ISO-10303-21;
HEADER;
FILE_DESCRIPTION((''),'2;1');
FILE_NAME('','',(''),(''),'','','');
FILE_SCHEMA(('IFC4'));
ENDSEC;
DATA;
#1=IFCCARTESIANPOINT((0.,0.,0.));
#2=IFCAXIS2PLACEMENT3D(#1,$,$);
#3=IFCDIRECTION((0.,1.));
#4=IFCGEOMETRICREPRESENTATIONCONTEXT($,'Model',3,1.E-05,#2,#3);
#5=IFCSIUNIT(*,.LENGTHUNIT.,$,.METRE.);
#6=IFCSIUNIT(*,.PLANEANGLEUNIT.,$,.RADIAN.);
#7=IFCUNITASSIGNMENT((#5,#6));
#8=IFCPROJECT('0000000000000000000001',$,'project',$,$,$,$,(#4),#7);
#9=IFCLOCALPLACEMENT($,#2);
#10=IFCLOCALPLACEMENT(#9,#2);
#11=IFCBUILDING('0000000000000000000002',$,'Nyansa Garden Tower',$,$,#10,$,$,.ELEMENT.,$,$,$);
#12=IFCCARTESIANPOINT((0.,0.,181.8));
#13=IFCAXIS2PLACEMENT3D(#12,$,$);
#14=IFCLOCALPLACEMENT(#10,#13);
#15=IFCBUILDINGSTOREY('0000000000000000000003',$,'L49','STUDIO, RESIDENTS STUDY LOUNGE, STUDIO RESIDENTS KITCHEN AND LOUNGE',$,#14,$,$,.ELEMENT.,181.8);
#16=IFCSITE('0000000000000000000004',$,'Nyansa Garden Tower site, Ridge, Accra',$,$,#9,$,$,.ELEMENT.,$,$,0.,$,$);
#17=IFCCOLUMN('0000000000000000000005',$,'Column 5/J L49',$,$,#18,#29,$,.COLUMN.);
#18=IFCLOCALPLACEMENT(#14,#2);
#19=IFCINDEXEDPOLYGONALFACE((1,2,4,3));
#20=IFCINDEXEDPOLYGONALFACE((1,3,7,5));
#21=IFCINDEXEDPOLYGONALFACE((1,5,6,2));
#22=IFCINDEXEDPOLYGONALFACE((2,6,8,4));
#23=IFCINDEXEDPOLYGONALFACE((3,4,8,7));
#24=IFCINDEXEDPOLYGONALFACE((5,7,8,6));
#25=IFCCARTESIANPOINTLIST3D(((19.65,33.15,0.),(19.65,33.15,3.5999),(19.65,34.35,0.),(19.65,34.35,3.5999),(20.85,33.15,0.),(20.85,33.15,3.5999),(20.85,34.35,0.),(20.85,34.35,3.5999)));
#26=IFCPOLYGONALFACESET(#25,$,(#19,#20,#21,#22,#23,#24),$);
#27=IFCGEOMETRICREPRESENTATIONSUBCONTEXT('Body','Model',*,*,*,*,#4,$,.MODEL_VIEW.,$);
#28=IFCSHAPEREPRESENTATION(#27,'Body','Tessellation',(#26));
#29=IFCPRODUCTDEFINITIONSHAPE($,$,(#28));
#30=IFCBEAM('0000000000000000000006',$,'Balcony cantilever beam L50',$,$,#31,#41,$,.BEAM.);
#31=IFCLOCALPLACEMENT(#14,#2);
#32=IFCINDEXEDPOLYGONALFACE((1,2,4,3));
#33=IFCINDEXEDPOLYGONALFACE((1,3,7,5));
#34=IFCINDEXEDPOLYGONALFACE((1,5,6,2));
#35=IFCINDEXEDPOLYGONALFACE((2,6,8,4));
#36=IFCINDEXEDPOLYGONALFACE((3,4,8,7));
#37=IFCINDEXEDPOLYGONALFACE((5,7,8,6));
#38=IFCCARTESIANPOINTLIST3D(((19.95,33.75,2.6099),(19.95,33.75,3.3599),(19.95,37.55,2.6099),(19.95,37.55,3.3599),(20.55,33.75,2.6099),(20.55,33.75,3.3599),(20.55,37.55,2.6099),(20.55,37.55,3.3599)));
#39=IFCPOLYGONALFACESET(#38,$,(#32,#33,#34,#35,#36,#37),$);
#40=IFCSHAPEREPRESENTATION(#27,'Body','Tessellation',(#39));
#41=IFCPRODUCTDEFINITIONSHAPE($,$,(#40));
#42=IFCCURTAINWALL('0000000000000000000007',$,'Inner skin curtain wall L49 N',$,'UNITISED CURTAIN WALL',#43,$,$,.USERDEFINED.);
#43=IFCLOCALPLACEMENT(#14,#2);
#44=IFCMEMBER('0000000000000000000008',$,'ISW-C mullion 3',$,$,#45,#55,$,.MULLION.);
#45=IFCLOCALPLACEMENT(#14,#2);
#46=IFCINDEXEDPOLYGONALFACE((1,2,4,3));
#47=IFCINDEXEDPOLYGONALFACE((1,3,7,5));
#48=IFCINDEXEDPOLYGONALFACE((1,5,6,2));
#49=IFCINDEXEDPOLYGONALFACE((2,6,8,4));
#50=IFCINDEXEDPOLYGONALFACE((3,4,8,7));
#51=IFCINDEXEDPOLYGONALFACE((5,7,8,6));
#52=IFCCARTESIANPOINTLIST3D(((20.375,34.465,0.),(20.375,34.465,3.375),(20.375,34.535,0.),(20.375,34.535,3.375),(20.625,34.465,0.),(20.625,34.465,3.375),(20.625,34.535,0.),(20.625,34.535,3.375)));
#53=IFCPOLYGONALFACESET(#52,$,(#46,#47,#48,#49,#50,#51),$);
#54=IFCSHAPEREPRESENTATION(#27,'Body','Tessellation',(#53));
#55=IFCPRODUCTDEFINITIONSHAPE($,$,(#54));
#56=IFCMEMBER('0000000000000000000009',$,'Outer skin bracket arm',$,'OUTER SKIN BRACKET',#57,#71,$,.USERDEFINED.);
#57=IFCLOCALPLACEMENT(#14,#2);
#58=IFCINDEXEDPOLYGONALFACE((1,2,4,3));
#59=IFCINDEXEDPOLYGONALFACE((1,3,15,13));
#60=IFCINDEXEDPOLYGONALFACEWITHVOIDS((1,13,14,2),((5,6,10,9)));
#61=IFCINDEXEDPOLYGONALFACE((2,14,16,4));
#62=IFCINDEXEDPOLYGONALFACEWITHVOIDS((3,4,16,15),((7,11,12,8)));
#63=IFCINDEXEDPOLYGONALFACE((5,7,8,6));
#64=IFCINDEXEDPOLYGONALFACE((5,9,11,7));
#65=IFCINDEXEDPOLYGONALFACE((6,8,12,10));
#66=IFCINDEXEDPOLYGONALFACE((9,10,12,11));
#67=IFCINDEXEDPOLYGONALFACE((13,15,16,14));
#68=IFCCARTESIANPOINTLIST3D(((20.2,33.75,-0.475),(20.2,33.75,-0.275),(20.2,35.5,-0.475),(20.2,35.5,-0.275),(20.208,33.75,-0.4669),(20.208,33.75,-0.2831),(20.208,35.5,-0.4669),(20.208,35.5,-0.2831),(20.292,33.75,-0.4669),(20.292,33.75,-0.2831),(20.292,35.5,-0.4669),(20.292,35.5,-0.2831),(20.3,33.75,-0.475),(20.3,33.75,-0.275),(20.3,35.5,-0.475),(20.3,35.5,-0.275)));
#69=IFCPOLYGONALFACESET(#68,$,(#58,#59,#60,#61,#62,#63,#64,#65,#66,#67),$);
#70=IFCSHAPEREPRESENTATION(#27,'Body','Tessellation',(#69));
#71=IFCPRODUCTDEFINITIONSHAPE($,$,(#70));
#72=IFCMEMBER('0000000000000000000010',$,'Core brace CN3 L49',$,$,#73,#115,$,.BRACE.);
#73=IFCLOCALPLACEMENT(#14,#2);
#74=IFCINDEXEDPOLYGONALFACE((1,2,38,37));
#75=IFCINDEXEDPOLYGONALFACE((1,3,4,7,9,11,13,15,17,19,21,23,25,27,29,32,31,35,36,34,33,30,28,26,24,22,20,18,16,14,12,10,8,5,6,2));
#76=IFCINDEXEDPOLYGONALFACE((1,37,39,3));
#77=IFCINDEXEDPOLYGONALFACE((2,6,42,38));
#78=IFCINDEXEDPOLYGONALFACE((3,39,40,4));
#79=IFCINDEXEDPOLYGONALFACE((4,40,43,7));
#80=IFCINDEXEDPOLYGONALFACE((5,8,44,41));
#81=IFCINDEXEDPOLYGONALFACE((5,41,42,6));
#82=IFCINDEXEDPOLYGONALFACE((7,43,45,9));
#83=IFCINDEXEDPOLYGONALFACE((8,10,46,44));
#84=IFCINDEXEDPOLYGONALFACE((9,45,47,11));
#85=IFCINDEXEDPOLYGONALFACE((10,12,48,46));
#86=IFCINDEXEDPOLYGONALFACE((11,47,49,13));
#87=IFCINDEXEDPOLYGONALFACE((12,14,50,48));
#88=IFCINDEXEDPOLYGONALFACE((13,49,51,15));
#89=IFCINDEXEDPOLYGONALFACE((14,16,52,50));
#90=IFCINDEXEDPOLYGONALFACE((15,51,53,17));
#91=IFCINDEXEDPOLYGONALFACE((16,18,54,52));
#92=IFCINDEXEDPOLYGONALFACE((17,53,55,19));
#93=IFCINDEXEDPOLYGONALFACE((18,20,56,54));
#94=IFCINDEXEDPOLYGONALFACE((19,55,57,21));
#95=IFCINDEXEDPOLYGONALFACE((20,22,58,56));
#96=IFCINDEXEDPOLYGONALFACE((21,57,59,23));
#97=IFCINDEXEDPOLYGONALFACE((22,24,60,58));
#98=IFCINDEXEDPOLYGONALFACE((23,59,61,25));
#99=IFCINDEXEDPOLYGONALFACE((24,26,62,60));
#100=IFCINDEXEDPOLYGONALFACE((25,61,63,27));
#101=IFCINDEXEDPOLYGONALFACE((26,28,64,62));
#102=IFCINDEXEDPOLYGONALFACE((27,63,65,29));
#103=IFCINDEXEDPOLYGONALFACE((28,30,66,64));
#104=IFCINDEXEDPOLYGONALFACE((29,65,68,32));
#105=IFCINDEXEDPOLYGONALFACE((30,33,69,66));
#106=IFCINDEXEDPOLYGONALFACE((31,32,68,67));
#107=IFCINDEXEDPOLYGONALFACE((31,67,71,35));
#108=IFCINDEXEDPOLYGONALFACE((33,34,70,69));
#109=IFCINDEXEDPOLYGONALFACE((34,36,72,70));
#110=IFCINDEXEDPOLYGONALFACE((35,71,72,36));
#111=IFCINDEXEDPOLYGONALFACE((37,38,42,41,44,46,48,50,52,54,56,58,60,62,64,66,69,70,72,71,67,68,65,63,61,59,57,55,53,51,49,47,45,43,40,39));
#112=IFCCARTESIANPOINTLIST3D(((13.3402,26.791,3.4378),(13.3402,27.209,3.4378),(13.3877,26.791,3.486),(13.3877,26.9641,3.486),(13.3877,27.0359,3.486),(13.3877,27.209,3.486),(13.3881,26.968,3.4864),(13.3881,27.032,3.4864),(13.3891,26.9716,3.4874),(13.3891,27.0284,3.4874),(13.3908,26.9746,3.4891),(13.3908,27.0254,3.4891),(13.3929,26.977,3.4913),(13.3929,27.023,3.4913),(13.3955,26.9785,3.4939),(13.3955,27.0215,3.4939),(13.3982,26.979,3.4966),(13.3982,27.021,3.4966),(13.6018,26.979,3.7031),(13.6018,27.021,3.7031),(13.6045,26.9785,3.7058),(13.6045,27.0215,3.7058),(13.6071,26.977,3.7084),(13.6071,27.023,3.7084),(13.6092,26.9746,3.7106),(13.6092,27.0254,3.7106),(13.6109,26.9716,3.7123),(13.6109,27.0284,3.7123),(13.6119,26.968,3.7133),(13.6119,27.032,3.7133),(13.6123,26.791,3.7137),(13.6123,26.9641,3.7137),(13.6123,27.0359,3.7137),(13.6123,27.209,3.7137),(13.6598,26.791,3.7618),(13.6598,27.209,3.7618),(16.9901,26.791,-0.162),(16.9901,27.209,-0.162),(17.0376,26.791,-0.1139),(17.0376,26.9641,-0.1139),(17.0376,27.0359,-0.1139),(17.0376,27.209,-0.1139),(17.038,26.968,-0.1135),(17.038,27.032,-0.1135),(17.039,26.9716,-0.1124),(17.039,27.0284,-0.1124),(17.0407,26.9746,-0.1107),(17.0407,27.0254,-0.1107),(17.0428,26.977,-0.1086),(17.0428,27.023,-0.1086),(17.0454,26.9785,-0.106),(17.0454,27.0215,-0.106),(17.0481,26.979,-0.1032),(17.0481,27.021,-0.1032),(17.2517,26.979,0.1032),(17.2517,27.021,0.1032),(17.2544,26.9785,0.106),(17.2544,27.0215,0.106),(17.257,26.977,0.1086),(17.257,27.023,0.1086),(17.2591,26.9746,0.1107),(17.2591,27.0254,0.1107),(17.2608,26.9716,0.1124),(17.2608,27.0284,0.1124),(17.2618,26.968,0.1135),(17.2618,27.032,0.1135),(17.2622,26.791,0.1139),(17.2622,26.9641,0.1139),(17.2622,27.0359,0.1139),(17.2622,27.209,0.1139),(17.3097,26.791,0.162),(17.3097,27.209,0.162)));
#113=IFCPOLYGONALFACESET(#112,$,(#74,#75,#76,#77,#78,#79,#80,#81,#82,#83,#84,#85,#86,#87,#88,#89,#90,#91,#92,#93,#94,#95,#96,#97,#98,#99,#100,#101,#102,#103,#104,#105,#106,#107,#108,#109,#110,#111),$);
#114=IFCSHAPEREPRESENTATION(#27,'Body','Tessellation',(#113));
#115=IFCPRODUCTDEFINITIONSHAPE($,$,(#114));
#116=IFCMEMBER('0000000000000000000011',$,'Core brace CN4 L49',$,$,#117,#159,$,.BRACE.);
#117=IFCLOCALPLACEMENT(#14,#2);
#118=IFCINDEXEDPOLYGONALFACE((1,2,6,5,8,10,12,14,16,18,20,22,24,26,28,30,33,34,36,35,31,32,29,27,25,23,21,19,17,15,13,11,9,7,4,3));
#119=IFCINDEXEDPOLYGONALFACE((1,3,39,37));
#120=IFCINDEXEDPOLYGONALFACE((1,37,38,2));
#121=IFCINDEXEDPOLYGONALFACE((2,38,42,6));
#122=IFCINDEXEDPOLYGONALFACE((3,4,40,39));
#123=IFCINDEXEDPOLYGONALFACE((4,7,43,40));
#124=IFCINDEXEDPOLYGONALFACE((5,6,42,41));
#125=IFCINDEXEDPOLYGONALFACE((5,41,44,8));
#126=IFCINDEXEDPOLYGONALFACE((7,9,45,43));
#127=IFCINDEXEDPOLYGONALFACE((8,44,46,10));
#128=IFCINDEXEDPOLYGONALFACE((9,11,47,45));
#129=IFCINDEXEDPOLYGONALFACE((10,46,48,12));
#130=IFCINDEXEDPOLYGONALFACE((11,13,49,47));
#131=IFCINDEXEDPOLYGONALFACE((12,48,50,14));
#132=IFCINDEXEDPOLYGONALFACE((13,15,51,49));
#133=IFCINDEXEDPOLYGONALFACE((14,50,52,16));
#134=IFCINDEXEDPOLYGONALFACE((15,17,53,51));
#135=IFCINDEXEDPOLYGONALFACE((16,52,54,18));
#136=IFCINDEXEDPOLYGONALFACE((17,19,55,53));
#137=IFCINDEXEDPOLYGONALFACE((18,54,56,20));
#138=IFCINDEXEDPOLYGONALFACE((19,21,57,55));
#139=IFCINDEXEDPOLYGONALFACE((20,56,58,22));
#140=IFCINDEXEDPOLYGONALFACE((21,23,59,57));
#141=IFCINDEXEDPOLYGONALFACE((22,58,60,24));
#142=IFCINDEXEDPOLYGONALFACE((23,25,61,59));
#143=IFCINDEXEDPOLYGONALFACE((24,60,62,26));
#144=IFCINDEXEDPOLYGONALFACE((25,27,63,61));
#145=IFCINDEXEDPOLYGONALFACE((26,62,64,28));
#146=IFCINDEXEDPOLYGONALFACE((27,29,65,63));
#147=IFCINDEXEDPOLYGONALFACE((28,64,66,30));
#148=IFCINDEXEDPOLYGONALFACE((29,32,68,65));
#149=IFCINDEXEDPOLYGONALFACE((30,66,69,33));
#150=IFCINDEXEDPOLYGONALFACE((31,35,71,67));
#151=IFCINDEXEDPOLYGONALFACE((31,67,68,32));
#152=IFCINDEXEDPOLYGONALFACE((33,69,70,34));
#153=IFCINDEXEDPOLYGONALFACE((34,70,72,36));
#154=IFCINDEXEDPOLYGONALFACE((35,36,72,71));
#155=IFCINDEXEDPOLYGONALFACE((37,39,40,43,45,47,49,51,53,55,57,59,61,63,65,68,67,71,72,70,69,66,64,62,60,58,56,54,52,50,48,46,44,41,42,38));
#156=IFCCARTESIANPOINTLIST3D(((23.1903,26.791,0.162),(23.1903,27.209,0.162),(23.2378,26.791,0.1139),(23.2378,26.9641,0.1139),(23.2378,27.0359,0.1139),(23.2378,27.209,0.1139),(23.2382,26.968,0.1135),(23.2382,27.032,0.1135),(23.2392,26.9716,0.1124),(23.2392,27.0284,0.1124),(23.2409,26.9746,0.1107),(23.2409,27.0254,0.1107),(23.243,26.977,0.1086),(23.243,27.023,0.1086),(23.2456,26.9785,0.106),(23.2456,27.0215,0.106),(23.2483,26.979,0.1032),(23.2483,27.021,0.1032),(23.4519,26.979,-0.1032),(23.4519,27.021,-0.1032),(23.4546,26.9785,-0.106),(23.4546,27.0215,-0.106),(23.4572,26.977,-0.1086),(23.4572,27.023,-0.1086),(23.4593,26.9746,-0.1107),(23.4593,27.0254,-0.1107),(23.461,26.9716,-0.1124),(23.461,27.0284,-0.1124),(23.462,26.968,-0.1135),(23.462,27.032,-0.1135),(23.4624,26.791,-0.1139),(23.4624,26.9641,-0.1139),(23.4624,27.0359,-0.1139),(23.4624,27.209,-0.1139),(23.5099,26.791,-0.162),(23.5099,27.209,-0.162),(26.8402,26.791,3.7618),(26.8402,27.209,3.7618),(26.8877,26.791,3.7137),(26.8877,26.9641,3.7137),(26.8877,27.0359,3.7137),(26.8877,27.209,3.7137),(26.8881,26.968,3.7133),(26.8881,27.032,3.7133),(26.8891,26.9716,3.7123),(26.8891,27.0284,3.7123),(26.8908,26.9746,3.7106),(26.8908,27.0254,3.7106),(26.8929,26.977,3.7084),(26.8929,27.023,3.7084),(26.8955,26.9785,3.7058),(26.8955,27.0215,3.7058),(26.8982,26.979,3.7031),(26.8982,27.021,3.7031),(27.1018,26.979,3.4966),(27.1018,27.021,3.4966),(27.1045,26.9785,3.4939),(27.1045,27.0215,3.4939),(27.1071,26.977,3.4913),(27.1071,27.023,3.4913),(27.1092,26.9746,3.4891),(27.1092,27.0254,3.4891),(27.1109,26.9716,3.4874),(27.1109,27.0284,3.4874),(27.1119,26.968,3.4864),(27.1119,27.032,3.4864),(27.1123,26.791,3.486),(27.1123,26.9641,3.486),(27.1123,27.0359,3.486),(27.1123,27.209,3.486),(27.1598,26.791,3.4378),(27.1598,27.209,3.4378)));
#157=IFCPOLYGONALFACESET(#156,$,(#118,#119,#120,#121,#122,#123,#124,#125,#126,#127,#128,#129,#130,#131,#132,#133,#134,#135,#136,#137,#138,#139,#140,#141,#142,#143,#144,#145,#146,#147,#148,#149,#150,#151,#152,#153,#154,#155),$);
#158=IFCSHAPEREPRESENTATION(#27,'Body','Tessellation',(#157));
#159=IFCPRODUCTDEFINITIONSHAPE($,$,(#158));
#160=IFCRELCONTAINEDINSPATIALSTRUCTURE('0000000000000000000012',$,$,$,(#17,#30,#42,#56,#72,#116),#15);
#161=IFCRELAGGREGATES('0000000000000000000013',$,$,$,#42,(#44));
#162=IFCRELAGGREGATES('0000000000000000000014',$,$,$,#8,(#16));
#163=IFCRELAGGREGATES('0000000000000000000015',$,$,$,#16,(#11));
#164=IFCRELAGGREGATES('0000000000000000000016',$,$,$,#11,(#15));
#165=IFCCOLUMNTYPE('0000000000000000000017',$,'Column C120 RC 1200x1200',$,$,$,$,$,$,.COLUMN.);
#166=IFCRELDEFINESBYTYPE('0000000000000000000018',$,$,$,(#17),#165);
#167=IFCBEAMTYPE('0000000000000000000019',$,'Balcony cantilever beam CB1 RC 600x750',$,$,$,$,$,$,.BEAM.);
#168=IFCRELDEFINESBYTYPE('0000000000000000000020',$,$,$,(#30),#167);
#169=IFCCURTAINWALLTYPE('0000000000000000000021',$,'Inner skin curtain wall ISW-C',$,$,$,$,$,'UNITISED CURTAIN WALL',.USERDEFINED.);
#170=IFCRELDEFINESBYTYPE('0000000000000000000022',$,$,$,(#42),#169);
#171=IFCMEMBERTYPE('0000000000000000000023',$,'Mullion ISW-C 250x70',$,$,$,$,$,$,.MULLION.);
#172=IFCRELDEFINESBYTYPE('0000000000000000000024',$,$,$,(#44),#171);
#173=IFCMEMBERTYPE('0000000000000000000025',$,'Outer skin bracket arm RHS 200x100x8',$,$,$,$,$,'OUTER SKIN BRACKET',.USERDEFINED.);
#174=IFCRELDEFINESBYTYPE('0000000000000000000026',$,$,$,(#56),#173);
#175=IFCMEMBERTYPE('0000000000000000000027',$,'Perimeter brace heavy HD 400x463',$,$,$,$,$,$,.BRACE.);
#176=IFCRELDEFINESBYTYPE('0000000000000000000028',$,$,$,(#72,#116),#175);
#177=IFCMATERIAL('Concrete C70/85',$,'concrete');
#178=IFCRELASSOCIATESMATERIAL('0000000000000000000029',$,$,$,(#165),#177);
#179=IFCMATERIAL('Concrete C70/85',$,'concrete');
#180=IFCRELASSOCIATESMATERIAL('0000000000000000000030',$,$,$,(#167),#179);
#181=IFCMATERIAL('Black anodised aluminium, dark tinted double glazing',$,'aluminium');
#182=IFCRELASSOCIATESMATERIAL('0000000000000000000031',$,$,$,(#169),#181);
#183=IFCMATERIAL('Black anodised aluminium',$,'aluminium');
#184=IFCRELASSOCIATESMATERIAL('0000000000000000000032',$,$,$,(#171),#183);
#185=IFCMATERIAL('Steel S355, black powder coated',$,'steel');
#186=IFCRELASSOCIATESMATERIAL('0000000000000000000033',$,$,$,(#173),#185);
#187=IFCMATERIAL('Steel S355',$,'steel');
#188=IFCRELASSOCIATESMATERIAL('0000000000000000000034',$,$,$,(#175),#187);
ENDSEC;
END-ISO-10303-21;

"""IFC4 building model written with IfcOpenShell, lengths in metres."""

from ifc_helpers import new_model, si_unit, direction, frame, origin, origin_2d, place, context, subcontext, project, spatial, rectangle, hollow_rectangle, i_section, extrude, material, material_profile, profile_set, type_object, element, aggregate, save


model = new_model("IFC4")

# Units and contexts
model_context = context("Model", 3, precision=1e-05, world=origin(), true_north=direction((0.0, 1.0)))
body_context = subcontext(model_context, "Body", "Model", "MODEL_VIEW")
ifc_project = project(units=[si_unit("LENGTHUNIT", "METRE"), si_unit("PLANEANGLEUNIT", "RADIAN")], contexts=[model_context])

# Site, building, storey
site_placement = place(None, origin())
site = spatial("IfcSite", under=ifc_project, at=site_placement, Name="Nyansa Garden Tower site, Ridge, Accra", CompositionType="ELEMENT", RefElevation=0.0)
building_placement = place(site_placement, origin())
building = spatial("IfcBuilding", under=site, at=building_placement, Name="Nyansa Garden Tower", CompositionType="ELEMENT")
storey_placement = place(building_placement, frame((0.0, 0.0, 181.8)))
storey = spatial("IfcBuildingStorey", under=building, at=storey_placement, Name="L49", Description="STUDIO, RESIDENTS STUDY LOUNGE, STUDIO RESIDENTS KITCHEN AND LOUNGE", CompositionType="ELEMENT", Elevation=181.8)

# Column
ifc_material_1 = material(Name="Concrete C70/85", Category="concrete")
ifc_material_profile_1 = material_profile(ifc_material_1, rectangle(XDim=1.2, YDim=1.2, at=origin_2d()), Name="RC 1200x1200")
ifc_profile_set_1 = profile_set([ifc_material_profile_1], Name="Concrete C70/85")
column_type = type_object("IfcColumnType", Name="Column C120 RC 1200x1200", PredefinedType="COLUMN", material=ifc_profile_set_1)
column_placement = place(storey_placement, frame((20.25, 33.75, 0.0), z_axis=(0.0, 0.0, 1.0), x_axis=(1.0, 0.0, 0.0)))
element("IfcColumn", 1, at=column_placement, inside=storey, type_object=column_type, Name="Column 5/J L49", PredefinedType="COLUMN", context=body_context, shape_type="SweptSolid", body=[
    extrude(rectangle(XDim=1.2, YDim=1.2, at=origin_2d()), origin(), (0.0, 0.0, 1.0), 3.5999),
])

# Beam
ifc_material_2 = material(Name="Concrete C70/85", Category="concrete")
ifc_material_profile_2 = material_profile(ifc_material_2, rectangle(XDim=0.6001, YDim=0.75, at=origin_2d()), Name="RC 600x750")
ifc_profile_set_2 = profile_set([ifc_material_profile_2], Name="Concrete C70/85")
beam_type_1 = type_object("IfcBeamType", Name="Balcony cantilever beam CB1 RC 600x750", PredefinedType="BEAM", material=ifc_profile_set_2)
beam_1_placement = place(storey_placement, frame((20.25, 33.75, 2.9849), z_axis=(0.0, 1.0, 0.0), x_axis=(-1.0, 0.0, 0.0)))
element("IfcBeam", 2, at=beam_1_placement, inside=storey, type_object=beam_type_1, Name="Balcony cantilever beam L50", PredefinedType="BEAM", context=body_context, shape_type="SweptSolid", body=[
    extrude(rectangle(XDim=0.6001, YDim=0.75, at=origin_2d()), origin(), (0.0, 0.0, 1.0), 3.8),
])

# Curtain wall, member
ifc_material_3 = material(Name="Black anodised aluminium, dark tinted double glazing", Category="aluminium")
curtain_wall_type = type_object("IfcCurtainWallType", Name="Inner skin curtain wall ISW-C", ElementType="UNITISED CURTAIN WALL", PredefinedType="USERDEFINED", material=ifc_material_3)
curtain_wall_placement = place(storey_placement, origin())
curtain_wall = element("IfcCurtainWall", 3, at=curtain_wall_placement, inside=storey, type_object=curtain_wall_type, Name="Inner skin curtain wall L49 N", ObjectType="UNITISED CURTAIN WALL", PredefinedType="USERDEFINED")
ifc_material_4 = material(Name="Black anodised aluminium", Category="aluminium")
ifc_material_profile_3 = material_profile(ifc_material_4, rectangle(XDim=0.0701, YDim=0.25, at=origin_2d()), Name="Mullion 250x70")
ifc_profile_set_3 = profile_set([ifc_material_profile_3], Name="Black anodised aluminium")
member_type_1 = type_object("IfcMemberType", Name="Mullion ISW-C 250x70", PredefinedType="MULLION", material=ifc_profile_set_3)
member_1_placement = place(storey_placement, frame((20.5, 34.5, 0.0), z_axis=(0.0, 0.0, 1.0), x_axis=(0.0, -1.0, 0.0)))
member_1 = element("IfcMember", 4, at=member_1_placement, type_object=member_type_1, Name="ISW-C mullion 3", PredefinedType="MULLION", context=body_context, shape_type="SweptSolid", body=[
    extrude(rectangle(XDim=0.0701, YDim=0.25, at=origin_2d()), origin(), (0.0, 0.0, 1.0), 3.375),
])

# Members
ifc_material_5 = material(Name="Steel S355, black powder coated", Category="steel")
ifc_material_profile_4 = material_profile(ifc_material_5, hollow_rectangle(XDim=0.1001, YDim=0.2, WallThickness=0.0081, at=origin_2d()), Name="RHS 200x100x8")
ifc_profile_set_4 = profile_set([ifc_material_profile_4], Name="Steel S355, black powder coated")
member_type_2 = type_object("IfcMemberType", Name="Outer skin bracket arm RHS 200x100x8", ElementType="OUTER SKIN BRACKET", PredefinedType="USERDEFINED", material=ifc_profile_set_4)
member_2_placement = place(storey_placement, frame((20.25, 33.75, -0.375), z_axis=(0.0, 1.0, 0.0), x_axis=(-1.0, 0.0, 0.0)))
element("IfcMember", 5, at=member_2_placement, inside=storey, type_object=member_type_2, Name="Outer skin bracket arm", ObjectType="OUTER SKIN BRACKET", PredefinedType="USERDEFINED", context=body_context, shape_type="SweptSolid", body=[
    extrude(hollow_rectangle(XDim=0.1001, YDim=0.2, WallThickness=0.0081, at=origin_2d()), origin(), (0.0, 0.0, 1.0), 1.75),
])
ifc_material_6 = material(Name="Steel S355", Category="steel")
ifc_material_profile_5 = material_profile(ifc_material_6, i_section(OverallWidth=0.418, OverallDepth=0.4551, WebThickness=0.042, FlangeThickness=0.0676, FilletRadius=0.0149, at=origin_2d()), Name="HD 400x463")
ifc_profile_set_5 = profile_set([ifc_material_profile_5], Name="Steel S355")
member_type_3 = type_object("IfcMemberType", Name="Perimeter brace heavy HD 400x463", PredefinedType="BRACE", material=ifc_profile_set_5)
for number, where, z_axis, x_axis, name in (
    (6, (17.1499, 27.0, 0.0), (-0.711971, 0.0, 0.702209), (0.0, -1.0, 0.0), "Core brace CN3 L49"),
    (7, (23.3501, 27.0, 0.0), (0.711971, 0.0, 0.702209), (0.0, 1.0, 0.0), "Core brace CN4 L49"),
):
    element("IfcMember", number, at=place(storey_placement, frame(where, z_axis=z_axis, x_axis=x_axis)), inside=storey, type_object=member_type_3, Name=name, PredefinedType="BRACE", context=body_context, shape_type="SweptSolid", body=[
        extrude(i_section(OverallWidth=0.418, OverallDepth=0.4551, WebThickness=0.042, FlangeThickness=0.0676, FilletRadius=0.0149, at=origin_2d()), origin(), (0.0, 0.0, 1.0), 5.1265),
    ])

aggregate(curtain_wall, [member_1])

save(model, "model.ifc")
